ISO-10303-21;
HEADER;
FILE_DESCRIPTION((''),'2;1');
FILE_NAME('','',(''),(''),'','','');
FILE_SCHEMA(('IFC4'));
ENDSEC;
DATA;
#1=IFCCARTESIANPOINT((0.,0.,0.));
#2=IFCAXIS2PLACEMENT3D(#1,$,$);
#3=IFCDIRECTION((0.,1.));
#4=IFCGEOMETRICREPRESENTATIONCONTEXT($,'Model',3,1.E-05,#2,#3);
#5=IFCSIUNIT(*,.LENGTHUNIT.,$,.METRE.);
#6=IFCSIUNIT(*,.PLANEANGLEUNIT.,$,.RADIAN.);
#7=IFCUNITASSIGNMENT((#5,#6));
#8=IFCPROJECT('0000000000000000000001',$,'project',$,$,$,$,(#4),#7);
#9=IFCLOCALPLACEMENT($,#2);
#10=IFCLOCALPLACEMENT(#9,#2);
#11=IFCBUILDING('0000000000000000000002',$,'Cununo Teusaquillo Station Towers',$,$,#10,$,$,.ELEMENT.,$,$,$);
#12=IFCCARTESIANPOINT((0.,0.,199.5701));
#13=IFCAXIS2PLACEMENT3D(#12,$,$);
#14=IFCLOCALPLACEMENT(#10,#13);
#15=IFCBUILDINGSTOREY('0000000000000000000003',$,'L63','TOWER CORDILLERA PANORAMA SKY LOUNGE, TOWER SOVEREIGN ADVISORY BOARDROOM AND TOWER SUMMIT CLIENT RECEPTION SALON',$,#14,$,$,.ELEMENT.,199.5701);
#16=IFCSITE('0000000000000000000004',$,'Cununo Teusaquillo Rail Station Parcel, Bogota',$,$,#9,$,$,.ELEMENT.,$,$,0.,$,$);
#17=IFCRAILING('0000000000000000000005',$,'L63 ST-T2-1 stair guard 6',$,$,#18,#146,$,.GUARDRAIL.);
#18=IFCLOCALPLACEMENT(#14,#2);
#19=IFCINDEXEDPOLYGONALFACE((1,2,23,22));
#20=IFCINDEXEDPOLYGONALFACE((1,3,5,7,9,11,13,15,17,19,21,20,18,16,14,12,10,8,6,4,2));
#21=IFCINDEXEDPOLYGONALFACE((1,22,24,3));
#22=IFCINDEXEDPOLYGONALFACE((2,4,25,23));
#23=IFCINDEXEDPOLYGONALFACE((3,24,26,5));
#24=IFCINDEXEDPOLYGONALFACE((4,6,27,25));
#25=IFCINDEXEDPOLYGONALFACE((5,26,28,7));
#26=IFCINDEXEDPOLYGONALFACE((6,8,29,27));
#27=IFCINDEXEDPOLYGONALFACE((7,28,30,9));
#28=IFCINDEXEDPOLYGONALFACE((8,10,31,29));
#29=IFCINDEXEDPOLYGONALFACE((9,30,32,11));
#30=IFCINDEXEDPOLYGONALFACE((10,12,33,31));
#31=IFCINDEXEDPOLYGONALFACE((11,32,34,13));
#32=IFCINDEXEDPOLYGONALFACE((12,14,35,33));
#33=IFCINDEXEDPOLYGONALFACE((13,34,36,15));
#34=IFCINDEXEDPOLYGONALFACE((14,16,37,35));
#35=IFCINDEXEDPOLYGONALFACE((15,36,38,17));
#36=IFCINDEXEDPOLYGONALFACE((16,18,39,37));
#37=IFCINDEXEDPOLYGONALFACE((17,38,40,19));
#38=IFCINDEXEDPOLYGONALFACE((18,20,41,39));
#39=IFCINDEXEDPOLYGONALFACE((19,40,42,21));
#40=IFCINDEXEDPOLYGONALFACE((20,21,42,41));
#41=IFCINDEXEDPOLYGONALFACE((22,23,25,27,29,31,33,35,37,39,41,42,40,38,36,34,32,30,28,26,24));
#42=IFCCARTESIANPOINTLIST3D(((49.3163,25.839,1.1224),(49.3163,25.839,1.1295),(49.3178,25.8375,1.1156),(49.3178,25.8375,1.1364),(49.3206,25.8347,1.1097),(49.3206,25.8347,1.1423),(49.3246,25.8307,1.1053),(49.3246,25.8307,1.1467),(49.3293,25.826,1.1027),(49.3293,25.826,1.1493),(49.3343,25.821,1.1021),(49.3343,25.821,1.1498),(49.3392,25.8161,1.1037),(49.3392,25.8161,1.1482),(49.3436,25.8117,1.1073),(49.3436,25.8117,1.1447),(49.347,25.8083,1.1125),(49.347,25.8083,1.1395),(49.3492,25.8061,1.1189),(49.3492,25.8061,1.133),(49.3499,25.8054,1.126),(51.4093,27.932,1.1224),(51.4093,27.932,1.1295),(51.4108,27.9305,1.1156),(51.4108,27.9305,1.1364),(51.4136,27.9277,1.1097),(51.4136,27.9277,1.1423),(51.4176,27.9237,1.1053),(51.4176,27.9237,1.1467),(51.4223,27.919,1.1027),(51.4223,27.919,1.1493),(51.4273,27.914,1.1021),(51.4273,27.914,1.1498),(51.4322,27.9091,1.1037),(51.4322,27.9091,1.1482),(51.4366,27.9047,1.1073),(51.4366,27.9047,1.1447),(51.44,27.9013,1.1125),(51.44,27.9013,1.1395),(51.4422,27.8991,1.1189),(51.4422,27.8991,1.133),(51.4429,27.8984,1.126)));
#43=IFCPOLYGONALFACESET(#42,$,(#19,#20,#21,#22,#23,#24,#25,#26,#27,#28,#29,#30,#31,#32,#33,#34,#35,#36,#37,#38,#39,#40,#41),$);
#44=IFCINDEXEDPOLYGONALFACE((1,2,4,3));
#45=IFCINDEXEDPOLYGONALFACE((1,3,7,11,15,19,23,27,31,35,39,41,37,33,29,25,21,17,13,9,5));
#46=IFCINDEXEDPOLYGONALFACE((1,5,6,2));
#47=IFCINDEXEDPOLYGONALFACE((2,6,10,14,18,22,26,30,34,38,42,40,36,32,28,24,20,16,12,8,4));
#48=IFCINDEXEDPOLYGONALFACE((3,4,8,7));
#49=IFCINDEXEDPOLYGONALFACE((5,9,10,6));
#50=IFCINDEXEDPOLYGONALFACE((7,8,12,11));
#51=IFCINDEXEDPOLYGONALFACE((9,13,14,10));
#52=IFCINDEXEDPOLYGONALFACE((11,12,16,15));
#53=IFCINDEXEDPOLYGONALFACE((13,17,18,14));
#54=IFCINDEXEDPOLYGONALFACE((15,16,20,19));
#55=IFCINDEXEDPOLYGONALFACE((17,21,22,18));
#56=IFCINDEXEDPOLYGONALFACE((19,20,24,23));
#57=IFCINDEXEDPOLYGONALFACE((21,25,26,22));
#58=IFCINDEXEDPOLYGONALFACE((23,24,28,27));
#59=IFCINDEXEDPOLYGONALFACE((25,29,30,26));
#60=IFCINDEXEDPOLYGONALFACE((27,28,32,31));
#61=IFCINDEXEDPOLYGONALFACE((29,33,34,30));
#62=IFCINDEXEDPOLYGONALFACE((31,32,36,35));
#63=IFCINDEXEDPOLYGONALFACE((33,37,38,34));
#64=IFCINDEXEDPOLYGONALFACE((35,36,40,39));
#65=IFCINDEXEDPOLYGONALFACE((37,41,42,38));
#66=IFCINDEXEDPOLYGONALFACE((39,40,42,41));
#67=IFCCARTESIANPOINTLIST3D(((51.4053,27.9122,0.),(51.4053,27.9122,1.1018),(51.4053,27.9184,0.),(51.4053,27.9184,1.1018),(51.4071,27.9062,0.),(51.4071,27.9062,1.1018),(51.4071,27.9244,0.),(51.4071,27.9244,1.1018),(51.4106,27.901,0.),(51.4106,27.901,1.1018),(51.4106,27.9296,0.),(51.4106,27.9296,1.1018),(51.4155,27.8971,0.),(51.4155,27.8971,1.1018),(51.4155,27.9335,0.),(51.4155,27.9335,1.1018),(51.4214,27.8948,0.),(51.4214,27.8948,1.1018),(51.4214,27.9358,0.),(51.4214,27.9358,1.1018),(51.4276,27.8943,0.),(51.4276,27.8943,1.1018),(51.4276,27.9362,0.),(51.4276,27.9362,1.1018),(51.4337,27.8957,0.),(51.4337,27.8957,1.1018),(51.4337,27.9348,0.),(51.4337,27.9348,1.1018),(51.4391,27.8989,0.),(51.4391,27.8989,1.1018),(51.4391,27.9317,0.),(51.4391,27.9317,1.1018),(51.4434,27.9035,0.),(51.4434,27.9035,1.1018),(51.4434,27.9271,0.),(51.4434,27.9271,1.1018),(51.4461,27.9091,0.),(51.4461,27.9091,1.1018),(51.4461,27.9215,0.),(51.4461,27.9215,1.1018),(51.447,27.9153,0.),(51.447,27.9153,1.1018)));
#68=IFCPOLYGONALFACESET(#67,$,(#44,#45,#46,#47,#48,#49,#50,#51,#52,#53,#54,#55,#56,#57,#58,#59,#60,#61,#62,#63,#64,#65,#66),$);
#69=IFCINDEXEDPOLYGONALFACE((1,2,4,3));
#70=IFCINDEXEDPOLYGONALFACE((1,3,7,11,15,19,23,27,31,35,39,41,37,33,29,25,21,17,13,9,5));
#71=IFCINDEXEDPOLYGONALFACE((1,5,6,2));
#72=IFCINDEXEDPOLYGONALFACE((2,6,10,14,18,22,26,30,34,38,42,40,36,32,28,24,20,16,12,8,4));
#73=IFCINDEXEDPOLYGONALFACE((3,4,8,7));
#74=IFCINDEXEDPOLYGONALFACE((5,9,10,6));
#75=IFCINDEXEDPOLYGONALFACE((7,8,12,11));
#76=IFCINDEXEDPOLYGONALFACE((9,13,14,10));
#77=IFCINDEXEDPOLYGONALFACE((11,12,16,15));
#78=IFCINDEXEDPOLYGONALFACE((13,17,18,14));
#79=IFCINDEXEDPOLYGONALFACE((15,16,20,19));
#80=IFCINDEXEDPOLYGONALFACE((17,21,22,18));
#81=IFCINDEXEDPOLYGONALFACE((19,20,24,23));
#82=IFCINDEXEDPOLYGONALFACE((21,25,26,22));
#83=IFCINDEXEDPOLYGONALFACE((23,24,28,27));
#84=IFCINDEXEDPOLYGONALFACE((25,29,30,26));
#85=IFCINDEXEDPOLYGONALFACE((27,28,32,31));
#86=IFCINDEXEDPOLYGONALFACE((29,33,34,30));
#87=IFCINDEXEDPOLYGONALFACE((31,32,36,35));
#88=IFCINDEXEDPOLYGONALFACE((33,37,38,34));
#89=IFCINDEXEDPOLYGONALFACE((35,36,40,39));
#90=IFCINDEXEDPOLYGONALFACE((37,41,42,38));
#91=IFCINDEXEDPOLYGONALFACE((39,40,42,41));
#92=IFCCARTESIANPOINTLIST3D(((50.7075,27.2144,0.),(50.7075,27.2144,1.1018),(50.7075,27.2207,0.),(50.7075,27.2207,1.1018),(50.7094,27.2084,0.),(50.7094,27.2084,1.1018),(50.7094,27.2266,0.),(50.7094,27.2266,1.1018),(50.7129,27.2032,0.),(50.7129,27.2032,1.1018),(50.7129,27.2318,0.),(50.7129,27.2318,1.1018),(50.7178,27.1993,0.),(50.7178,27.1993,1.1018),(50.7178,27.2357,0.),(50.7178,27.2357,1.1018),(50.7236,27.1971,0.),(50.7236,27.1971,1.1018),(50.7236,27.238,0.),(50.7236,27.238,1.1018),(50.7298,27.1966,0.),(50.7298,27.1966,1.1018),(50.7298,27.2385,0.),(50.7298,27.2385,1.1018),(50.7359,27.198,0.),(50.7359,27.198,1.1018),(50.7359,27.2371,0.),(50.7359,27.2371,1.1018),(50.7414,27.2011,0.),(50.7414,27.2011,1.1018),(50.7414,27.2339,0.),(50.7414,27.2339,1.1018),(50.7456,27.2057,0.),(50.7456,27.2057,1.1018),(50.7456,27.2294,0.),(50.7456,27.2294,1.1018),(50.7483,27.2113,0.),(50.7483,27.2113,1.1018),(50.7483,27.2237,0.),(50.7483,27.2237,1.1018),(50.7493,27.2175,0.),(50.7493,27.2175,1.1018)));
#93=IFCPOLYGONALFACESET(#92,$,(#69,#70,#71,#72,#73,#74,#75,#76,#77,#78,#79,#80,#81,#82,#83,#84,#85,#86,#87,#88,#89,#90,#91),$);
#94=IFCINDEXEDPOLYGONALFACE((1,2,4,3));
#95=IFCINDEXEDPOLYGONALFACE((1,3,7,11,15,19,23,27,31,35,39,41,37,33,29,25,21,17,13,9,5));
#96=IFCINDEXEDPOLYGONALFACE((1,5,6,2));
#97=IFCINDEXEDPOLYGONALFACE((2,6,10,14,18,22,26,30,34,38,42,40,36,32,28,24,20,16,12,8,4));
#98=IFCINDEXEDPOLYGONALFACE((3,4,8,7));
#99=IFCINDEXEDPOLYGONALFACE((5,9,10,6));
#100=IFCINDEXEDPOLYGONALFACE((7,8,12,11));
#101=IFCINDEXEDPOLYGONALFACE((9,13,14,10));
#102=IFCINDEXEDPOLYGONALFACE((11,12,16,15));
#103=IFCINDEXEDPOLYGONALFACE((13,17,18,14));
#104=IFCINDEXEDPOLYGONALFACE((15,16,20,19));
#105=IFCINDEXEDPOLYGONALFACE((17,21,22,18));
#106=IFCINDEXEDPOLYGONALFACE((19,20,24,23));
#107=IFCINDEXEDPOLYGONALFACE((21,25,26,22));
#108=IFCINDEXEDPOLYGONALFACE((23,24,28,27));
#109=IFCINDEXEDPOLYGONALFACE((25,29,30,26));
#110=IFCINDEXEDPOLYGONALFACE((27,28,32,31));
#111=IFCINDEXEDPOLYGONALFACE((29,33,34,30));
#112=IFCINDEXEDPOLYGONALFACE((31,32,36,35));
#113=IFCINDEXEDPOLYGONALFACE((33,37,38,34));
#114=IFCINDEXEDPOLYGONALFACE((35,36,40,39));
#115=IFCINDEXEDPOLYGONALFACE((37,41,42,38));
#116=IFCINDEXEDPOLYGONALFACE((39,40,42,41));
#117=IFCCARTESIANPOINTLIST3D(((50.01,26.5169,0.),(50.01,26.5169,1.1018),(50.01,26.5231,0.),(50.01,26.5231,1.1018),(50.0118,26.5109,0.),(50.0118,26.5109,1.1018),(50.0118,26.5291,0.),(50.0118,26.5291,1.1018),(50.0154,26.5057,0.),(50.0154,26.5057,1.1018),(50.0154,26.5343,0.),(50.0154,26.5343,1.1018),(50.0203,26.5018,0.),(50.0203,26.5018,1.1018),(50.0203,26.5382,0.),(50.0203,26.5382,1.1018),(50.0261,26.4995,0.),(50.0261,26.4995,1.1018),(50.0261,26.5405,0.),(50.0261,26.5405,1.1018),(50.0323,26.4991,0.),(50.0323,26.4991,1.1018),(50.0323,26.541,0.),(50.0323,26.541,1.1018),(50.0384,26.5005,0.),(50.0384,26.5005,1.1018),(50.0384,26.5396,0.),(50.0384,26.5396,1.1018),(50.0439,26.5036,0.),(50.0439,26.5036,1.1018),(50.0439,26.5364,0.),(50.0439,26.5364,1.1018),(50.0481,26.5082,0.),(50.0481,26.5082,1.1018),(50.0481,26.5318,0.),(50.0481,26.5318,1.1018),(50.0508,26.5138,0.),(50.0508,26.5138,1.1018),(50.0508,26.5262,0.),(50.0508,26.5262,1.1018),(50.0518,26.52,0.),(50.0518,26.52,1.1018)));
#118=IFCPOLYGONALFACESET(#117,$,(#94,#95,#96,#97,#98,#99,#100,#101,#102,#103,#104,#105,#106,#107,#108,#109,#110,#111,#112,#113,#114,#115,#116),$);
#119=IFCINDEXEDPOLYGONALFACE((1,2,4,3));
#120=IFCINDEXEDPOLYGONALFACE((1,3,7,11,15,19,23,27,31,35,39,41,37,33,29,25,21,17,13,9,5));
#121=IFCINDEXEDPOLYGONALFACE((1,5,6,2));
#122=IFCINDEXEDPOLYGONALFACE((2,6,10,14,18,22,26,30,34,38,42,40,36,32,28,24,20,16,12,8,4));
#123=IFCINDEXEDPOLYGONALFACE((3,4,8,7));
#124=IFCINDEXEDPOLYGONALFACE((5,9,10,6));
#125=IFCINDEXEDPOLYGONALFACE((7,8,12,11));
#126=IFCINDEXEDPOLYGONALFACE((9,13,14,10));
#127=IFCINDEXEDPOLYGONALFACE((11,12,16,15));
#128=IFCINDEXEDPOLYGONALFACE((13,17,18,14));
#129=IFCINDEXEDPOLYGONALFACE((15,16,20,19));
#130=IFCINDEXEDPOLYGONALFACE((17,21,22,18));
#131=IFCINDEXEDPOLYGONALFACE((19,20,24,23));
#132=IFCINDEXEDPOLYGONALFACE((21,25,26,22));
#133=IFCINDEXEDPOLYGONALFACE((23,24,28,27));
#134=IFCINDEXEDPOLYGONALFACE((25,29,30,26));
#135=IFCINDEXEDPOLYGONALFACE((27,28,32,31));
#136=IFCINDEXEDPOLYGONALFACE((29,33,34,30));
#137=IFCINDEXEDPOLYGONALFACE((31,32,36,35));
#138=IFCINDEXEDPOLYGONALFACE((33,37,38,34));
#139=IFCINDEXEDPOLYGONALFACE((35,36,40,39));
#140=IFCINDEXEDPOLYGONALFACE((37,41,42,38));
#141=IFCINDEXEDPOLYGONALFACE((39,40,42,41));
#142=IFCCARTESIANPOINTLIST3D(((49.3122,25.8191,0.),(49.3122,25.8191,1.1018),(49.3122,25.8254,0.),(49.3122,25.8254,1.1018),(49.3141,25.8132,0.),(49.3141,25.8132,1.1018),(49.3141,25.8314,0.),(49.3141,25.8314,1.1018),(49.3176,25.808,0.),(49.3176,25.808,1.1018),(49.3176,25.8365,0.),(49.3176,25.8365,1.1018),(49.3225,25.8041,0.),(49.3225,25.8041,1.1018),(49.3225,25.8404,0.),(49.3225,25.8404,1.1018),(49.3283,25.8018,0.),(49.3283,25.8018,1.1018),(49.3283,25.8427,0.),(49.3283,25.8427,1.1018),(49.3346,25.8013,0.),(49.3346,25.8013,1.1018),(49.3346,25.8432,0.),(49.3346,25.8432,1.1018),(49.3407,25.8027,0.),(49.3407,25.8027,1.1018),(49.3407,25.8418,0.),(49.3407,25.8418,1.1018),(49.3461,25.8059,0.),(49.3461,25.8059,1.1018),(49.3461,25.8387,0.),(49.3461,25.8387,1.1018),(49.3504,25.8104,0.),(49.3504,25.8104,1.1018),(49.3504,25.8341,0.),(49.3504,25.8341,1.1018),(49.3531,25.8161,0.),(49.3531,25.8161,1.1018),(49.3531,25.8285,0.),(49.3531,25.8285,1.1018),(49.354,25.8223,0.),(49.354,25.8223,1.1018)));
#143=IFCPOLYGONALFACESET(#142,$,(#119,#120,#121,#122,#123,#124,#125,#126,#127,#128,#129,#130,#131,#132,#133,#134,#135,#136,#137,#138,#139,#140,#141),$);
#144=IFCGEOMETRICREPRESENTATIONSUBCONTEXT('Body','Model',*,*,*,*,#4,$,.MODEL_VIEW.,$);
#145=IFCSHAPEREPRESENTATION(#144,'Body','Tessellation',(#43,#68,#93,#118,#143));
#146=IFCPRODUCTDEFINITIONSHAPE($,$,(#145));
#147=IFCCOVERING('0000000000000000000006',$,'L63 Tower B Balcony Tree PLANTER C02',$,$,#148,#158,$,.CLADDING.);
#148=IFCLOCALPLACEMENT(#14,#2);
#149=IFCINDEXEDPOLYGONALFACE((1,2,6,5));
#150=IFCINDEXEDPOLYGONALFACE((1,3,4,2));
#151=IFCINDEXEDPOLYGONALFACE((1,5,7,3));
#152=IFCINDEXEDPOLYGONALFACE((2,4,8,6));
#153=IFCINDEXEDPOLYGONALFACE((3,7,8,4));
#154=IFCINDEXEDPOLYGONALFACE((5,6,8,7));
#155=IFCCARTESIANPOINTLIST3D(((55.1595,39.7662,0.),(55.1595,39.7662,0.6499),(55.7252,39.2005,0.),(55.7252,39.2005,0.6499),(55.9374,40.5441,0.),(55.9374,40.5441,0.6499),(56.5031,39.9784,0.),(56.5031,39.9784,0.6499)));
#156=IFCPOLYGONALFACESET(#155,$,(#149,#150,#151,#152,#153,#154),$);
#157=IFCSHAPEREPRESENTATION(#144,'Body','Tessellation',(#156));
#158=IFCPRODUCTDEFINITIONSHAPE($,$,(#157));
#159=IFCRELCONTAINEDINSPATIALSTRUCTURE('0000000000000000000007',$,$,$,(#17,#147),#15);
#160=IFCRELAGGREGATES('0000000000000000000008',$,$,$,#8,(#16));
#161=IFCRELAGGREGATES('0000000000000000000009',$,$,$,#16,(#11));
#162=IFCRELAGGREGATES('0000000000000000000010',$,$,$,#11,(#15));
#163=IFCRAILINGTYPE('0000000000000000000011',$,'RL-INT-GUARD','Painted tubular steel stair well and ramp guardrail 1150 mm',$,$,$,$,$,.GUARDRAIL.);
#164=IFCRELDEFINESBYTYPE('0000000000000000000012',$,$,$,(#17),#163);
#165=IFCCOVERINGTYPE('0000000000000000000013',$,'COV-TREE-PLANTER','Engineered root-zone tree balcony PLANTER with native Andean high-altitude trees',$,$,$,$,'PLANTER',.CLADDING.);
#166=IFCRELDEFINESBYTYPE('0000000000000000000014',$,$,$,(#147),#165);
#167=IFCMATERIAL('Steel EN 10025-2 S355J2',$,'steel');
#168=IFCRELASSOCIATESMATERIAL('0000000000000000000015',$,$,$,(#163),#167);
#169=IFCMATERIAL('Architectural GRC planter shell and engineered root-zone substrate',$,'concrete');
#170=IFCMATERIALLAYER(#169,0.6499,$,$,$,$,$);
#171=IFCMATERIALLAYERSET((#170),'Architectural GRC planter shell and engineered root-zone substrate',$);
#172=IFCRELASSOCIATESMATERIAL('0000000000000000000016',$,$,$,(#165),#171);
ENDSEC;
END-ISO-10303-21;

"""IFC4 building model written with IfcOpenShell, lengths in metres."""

from ifc_helpers import new_model, si_unit, direction, frame, origin, origin_2d, place, context, subcontext, project, spatial, rectangle, circle, extrude, source, transform, mapped, material, layer, layer_set, type_object, element, save


model = new_model("IFC4")

# Units and contexts
model_context = context("Model", 3, precision=1e-05, world=origin(), true_north=direction((0.0, 1.0)))
body_context = subcontext(model_context, "Body", "Model", "MODEL_VIEW")
ifc_project = project(units=[si_unit("LENGTHUNIT", "METRE"), si_unit("PLANEANGLEUNIT", "RADIAN")], contexts=[model_context])

# Site, building, storey
site_placement = place(None, origin())
site = spatial("IfcSite", under=ifc_project, at=site_placement, Name="Cununo Teusaquillo Rail Station Parcel, Bogota", CompositionType="ELEMENT", RefElevation=0.0)
building_placement = place(site_placement, origin())
building = spatial("IfcBuilding", under=site, at=building_placement, Name="Cununo Teusaquillo Station Towers", CompositionType="ELEMENT")
storey_placement = place(building_placement, frame((0.0, 0.0, 199.5701)))
storey = spatial("IfcBuildingStorey", under=building, at=storey_placement, Name="L63", Description="TOWER CORDILLERA PANORAMA SKY LOUNGE, TOWER SOVEREIGN ADVISORY BOARDROOM AND TOWER SUMMIT CLIENT RECEPTION SALON", CompositionType="ELEMENT", Elevation=199.5701)

# Railing
ifc_material_1 = material(Name="Steel EN 10025-2 S355J2", Category="steel")
railing_type_1 = type_object("IfcRailingType", Name="RL-INT-GUARD", Description="Painted tubular steel stair well and ramp guardrail 1150 mm", PredefinedType="GUARDRAIL", material=ifc_material_1)
railing_1_placement = place(storey_placement, frame((51.426, 27.9153, 0.0)))
element("IfcRailing", 1, at=railing_1_placement, inside=storey, type_object=railing_type_1, Name="L63 ST-T2-1 stair guard 6", PredefinedType="GUARDRAIL", context=body_context, shape_type="SweptSolid", body=[
    extrude(circle(Radius=0.0239, at=origin_2d()), frame((0.0, 0.0, 1.126), z_axis=(-0.707107, -0.707107, 0.0), x_axis=(0.707107, -0.707107, 0.0)), (0.0, 0.0, 1.0), 2.96),
    extrude(circle(Radius=0.021, at=origin_2d()), origin(), (0.0, 0.0, 1.0), 1.1018),
    extrude(circle(Radius=0.021, at=origin_2d()), frame((-0.6978, -0.6978, 0.0)), (0.0, 0.0, 1.0), 1.1018),
    extrude(circle(Radius=0.021, at=origin_2d()), frame((-1.3953, -1.3953, 0.0)), (0.0, 0.0, 1.0), 1.1018),
    extrude(circle(Radius=0.021, at=origin_2d()), frame((-2.093, -2.093, 0.0)), (0.0, 0.0, 1.0), 1.1018),
])

# Covering
ifc_material_2 = material(Name="Architectural GRC planter shell and engineered root-zone substrate", Category="concrete")
ifc_layer_1 = layer(ifc_material_2, 0.6499)
ifc_layer_set_1 = layer_set([ifc_layer_1], Name="Architectural GRC planter shell and engineered root-zone substrate")
covering_type = type_object("IfcCoveringType", Name="COV-TREE-PLANTER", Description="Engineered root-zone tree balcony PLANTER with native Andean high-altitude trees", ElementType="PLANTER", PredefinedType="CLADDING", material=ifc_layer_set_1)
shared_shape_1 = source(origin(), body_context, "Body", "SweptSolid", [
    extrude(rectangle(XDim=1.1001, YDim=0.8, at=origin_2d()), origin(), (0.0, 0.0, 1.0), 0.6499),
])
covering_placement = place(storey_placement, frame((55.8313, 39.8723, 0.0), z_axis=(0.0, 0.0, 1.0), x_axis=(0.707107, 0.707107, 0.0)))
element("IfcCovering", 2, at=covering_placement, inside=storey, type_object=covering_type, Name="L63 Tower B Balcony Tree PLANTER C02", PredefinedType="CLADDING", context=body_context, shape_type="MappedRepresentation", body=[
    mapped(shared_shape_1, transform((0.0, 0.0, 0.0), x_axis=(1.0, 0.0, 0.0), y_axis=(0.0, 1.0, 0.0), z_axis=(0.0, 0.0, 1.0), scale=1.0)),
])

save(model, "model.ifc")
